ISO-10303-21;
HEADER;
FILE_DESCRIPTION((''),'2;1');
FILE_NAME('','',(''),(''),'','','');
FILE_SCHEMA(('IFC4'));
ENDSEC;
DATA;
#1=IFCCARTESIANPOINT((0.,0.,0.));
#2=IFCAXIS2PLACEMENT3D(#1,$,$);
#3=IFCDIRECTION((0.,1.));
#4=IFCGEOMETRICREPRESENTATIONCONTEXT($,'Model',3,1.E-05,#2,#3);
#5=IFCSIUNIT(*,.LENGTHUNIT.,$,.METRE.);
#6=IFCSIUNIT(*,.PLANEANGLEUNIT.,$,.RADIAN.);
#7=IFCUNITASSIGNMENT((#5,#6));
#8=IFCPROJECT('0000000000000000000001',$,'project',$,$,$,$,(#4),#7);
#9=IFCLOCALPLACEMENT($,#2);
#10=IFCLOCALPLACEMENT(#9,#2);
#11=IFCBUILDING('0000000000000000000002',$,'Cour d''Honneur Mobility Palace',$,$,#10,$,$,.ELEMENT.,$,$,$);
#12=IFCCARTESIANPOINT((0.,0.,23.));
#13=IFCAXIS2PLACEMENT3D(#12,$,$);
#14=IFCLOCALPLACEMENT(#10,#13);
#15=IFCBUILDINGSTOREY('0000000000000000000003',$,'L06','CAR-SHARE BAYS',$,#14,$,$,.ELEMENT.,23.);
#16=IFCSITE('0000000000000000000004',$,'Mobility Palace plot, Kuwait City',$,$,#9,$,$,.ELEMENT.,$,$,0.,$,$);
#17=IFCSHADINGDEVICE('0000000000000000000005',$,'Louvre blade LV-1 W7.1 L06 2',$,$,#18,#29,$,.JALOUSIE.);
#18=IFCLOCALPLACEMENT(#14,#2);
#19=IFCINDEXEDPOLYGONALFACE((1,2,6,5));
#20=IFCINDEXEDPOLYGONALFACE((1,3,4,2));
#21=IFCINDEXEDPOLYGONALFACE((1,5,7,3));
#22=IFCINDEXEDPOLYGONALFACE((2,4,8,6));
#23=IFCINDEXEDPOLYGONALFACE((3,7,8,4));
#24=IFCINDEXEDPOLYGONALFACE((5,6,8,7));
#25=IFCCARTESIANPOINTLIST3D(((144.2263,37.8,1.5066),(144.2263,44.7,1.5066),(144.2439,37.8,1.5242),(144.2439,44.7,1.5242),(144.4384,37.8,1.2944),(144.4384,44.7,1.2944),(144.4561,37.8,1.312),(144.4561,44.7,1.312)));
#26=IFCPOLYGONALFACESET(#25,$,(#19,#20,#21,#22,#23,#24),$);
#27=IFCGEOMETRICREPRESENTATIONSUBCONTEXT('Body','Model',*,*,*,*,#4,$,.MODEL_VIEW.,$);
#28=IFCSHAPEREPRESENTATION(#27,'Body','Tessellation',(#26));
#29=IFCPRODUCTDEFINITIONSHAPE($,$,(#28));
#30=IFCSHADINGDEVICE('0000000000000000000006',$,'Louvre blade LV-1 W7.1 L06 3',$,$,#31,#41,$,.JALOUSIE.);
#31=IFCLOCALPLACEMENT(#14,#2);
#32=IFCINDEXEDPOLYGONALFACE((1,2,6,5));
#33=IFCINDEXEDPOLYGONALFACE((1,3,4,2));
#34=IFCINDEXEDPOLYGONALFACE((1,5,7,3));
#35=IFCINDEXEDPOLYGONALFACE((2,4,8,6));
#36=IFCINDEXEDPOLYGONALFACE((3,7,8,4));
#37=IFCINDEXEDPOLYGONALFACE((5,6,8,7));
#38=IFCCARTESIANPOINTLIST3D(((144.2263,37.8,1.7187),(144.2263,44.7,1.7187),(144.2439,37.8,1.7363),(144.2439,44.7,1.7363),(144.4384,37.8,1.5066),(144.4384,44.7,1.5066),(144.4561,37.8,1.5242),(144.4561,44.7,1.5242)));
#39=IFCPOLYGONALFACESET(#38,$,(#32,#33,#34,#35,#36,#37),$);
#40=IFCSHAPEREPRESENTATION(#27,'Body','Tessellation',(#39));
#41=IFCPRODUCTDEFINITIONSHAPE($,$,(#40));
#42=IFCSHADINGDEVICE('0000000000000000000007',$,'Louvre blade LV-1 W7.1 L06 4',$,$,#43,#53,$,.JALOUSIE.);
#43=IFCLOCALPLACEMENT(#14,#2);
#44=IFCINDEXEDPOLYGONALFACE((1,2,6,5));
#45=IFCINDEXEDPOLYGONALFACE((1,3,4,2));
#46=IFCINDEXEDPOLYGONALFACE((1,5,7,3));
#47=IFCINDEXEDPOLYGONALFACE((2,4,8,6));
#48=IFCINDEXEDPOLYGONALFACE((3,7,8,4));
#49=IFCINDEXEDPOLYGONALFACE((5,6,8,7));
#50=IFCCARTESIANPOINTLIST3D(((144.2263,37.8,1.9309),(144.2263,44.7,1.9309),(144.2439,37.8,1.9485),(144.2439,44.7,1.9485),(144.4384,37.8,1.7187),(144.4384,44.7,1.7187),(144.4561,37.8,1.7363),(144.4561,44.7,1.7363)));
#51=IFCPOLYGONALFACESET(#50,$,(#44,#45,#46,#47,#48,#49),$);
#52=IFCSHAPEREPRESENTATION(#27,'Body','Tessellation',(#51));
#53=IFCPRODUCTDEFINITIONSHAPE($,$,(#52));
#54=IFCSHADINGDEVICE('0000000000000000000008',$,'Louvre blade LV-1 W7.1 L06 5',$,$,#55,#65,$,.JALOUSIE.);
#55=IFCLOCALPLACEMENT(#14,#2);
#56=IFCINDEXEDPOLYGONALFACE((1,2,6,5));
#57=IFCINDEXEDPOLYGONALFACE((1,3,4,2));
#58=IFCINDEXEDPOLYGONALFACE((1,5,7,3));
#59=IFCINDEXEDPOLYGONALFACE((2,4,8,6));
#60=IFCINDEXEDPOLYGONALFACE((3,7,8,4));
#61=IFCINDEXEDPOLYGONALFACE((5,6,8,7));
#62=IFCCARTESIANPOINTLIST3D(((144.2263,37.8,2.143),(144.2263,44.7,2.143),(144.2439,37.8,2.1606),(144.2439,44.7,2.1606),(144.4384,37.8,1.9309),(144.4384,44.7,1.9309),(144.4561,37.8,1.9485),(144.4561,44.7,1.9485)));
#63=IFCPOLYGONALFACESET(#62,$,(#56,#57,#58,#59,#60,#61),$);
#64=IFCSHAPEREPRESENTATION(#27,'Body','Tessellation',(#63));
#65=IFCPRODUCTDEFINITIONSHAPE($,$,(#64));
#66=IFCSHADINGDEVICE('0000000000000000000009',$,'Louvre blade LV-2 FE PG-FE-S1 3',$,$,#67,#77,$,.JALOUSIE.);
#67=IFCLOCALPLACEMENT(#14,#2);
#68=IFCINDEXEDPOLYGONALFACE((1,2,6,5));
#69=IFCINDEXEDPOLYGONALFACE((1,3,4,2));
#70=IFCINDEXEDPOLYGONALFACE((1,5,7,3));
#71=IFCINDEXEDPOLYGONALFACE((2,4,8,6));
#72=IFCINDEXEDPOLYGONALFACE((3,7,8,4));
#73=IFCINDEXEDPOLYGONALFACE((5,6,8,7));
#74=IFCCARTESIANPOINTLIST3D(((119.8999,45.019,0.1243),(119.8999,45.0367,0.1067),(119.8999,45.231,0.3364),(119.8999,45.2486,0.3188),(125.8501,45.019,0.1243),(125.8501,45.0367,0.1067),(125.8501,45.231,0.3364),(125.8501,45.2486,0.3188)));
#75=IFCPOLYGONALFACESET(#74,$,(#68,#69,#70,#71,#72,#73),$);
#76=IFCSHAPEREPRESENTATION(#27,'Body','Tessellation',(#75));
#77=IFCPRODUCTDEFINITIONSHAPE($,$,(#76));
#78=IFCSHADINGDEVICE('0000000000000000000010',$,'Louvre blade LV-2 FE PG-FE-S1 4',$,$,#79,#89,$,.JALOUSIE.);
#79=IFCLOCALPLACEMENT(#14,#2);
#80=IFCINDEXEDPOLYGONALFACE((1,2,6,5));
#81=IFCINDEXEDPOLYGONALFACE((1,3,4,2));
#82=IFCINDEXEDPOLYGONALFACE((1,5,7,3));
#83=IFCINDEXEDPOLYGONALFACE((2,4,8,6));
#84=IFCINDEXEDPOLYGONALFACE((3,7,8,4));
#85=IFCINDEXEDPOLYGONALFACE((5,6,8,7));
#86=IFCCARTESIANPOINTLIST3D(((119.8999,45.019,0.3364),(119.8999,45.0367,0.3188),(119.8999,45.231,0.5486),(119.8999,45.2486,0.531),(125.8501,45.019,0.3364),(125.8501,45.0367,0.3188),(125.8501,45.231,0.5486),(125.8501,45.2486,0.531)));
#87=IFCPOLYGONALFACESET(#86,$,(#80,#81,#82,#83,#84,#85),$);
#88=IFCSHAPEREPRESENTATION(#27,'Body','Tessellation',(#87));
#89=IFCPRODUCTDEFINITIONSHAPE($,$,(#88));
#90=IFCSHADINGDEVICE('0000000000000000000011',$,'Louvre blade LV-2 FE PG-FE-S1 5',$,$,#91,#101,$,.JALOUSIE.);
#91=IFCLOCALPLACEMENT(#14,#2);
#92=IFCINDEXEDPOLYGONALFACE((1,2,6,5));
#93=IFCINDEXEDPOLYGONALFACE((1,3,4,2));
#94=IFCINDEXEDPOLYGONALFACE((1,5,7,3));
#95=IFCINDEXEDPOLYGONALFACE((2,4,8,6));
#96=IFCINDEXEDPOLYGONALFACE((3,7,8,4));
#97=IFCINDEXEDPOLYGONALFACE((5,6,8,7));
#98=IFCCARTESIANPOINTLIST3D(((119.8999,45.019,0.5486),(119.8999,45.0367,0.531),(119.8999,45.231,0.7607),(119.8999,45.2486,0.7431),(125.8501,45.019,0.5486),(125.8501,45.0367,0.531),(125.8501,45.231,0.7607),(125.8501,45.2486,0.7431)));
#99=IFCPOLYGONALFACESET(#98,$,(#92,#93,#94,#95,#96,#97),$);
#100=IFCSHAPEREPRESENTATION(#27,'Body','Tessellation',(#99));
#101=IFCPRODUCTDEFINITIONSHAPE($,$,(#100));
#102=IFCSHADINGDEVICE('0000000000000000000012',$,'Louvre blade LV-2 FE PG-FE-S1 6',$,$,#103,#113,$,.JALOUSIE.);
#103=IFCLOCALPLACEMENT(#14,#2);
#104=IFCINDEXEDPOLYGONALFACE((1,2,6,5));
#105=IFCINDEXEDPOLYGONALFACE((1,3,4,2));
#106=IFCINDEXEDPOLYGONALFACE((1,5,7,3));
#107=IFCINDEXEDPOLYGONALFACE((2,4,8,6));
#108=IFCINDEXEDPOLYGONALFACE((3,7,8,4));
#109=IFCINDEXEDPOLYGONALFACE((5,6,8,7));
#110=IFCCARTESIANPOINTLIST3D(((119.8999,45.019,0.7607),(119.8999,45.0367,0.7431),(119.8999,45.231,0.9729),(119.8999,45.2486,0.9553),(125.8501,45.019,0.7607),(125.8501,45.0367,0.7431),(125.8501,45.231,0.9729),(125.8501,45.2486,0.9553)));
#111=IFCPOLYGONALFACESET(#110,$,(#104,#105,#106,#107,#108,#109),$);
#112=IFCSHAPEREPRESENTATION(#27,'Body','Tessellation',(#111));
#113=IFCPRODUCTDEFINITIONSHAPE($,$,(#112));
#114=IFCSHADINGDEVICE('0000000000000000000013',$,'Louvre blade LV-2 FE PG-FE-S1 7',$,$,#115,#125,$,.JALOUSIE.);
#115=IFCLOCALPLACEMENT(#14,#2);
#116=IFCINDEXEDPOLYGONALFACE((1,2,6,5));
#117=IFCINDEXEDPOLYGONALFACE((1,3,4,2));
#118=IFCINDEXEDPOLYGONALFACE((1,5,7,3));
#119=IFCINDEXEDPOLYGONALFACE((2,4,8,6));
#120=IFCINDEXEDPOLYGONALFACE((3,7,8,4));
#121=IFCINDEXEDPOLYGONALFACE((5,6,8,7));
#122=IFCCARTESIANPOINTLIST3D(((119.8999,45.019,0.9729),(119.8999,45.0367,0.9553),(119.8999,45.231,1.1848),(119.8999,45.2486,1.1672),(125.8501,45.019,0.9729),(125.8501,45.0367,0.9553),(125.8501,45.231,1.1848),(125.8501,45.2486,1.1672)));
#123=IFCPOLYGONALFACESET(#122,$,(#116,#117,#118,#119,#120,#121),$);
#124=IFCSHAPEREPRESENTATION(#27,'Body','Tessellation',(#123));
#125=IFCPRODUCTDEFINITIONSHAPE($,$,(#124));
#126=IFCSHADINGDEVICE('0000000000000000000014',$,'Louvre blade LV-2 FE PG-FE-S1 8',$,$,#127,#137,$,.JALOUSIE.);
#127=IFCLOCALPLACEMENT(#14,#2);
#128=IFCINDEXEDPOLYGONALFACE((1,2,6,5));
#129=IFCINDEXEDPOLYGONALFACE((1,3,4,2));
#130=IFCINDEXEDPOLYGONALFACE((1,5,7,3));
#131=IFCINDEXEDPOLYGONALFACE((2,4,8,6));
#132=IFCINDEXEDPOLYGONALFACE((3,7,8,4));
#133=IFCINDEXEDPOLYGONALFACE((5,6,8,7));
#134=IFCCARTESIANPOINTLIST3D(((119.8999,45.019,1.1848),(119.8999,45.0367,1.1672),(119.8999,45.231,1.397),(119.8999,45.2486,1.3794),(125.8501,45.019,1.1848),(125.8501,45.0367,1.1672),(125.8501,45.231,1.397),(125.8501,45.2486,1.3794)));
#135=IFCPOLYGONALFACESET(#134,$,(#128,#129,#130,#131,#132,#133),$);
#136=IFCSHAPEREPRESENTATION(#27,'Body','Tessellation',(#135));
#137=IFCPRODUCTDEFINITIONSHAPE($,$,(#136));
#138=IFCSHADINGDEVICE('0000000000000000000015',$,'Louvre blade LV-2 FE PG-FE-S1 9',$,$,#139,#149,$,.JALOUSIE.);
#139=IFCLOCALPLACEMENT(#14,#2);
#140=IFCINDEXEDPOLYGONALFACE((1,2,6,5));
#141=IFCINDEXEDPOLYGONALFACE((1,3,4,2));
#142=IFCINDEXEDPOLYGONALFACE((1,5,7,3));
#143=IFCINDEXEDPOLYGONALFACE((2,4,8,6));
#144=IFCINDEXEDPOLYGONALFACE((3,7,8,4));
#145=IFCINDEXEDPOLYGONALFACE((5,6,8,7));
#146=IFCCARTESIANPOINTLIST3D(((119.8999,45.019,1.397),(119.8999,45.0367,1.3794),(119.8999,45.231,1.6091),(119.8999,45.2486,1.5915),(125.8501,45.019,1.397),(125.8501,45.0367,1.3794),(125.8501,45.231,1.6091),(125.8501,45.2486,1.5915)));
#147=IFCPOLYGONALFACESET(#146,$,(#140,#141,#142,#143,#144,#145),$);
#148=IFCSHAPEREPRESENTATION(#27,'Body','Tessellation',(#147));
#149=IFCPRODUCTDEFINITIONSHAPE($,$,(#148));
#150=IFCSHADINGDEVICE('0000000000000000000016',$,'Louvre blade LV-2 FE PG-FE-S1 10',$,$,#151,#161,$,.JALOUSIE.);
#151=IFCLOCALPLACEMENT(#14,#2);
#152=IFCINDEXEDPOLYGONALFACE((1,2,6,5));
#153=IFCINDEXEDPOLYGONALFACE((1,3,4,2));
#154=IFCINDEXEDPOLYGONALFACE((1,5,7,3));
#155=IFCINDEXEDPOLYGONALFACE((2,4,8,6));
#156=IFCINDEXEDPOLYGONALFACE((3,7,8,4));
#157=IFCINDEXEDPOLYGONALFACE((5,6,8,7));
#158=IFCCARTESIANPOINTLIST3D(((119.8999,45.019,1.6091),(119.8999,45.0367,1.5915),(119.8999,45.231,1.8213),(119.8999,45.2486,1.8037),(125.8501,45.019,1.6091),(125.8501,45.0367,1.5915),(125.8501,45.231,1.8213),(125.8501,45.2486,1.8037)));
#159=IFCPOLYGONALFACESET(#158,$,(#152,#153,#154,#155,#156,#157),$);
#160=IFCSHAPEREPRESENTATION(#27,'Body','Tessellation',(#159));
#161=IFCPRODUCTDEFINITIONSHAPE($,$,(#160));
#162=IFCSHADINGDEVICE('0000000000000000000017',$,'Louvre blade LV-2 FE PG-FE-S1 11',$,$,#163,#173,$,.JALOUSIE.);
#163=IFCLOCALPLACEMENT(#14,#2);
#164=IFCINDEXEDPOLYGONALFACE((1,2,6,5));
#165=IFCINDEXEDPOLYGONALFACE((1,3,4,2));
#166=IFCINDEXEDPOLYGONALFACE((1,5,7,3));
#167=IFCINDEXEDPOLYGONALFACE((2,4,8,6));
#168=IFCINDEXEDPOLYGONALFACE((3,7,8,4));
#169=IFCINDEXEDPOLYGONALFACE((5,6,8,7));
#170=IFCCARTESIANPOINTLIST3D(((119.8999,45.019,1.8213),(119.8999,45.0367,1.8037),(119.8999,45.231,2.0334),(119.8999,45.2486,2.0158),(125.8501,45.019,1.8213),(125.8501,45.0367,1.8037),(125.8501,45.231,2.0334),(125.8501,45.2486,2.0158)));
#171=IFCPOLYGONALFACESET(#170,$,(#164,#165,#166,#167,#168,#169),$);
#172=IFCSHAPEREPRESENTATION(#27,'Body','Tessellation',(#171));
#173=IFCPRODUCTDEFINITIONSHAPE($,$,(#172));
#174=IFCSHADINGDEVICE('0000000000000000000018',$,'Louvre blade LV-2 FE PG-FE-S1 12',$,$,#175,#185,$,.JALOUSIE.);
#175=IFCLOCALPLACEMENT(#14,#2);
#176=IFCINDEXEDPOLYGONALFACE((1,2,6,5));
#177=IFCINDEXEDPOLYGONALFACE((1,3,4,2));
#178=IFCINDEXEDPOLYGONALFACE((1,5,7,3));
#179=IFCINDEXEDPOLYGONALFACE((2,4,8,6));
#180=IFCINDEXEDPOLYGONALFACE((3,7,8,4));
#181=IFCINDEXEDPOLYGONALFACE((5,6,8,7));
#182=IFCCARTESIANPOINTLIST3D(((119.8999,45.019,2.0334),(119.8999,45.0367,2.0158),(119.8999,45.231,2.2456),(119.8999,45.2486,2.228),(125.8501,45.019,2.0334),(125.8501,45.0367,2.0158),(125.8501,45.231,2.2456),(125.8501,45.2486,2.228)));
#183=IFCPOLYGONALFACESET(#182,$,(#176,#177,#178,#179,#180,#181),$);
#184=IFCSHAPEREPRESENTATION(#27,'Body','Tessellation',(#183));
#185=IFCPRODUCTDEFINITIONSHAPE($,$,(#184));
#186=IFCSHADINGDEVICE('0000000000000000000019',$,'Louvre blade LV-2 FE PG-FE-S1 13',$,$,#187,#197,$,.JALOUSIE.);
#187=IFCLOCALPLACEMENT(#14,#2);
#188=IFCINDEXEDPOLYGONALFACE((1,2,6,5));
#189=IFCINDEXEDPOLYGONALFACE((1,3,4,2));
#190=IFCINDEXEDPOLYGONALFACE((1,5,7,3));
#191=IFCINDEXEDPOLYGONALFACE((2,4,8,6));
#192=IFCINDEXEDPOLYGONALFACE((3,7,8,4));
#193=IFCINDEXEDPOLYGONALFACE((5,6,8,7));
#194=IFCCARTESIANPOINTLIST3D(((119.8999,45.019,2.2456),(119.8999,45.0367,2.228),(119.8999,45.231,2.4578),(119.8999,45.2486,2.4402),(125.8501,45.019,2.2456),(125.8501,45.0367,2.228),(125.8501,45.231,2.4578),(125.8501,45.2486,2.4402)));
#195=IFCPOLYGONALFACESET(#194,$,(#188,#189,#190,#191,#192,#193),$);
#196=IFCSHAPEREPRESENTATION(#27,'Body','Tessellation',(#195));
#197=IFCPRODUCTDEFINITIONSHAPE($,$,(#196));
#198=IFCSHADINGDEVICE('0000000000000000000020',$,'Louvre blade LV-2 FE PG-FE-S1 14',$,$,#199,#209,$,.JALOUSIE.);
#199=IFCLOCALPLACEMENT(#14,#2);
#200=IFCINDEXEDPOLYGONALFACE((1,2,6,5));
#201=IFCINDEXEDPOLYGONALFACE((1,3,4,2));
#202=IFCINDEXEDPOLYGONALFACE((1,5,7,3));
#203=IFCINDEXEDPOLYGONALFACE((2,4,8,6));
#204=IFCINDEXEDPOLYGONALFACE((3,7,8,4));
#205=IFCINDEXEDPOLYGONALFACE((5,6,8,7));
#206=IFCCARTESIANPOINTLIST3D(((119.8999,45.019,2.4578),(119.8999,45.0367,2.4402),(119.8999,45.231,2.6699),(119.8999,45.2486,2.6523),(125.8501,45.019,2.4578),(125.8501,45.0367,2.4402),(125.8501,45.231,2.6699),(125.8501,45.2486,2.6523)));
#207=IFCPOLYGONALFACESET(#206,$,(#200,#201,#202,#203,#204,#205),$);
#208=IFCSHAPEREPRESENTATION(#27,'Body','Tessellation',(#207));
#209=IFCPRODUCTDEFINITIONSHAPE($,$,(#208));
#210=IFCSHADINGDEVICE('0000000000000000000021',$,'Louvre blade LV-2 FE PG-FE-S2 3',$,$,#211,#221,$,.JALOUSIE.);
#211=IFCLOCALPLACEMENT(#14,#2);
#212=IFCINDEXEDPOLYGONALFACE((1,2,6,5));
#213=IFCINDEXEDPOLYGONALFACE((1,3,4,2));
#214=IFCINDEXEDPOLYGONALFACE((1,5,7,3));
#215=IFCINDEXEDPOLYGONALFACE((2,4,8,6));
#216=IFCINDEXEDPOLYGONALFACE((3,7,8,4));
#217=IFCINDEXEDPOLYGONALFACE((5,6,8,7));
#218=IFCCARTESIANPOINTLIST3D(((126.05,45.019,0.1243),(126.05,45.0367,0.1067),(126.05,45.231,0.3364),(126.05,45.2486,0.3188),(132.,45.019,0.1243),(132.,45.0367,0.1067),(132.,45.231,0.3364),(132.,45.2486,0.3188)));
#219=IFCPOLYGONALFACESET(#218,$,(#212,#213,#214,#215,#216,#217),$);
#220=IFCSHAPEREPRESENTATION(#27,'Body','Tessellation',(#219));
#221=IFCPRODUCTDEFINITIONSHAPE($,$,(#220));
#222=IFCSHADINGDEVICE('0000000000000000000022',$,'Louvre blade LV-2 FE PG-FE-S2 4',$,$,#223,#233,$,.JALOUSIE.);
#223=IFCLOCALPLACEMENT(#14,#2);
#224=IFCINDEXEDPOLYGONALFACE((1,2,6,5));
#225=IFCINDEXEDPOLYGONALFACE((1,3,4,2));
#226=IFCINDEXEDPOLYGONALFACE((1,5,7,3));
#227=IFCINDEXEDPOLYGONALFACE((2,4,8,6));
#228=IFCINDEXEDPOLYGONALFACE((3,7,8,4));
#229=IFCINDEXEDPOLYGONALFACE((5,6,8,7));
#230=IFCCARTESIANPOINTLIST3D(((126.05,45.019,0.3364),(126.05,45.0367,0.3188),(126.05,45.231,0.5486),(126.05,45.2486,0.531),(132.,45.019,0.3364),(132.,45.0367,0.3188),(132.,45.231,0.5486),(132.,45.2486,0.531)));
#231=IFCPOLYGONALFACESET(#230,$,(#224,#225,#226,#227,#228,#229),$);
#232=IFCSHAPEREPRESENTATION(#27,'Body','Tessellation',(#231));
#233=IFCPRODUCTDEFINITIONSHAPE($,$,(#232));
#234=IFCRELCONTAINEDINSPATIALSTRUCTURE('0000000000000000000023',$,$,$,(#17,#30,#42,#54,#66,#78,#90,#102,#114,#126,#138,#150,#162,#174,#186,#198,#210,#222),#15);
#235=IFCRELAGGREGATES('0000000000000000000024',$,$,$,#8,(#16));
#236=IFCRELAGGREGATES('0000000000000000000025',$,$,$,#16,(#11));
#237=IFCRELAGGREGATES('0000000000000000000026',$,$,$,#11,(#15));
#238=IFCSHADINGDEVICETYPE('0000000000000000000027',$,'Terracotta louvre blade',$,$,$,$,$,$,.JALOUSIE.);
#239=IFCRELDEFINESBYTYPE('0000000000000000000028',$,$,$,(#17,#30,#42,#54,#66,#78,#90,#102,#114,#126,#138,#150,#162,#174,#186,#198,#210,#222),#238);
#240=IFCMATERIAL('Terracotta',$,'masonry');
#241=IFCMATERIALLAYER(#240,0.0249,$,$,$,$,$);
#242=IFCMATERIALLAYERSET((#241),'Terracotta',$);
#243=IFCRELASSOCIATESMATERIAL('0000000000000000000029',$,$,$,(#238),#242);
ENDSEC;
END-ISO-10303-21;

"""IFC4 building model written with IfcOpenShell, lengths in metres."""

from ifc_helpers import new_model, si_unit, direction, frame, origin, place, context, subcontext, project, spatial, polyline, outline, extrude, material, layer, layer_set, type_object, element, save


model = new_model("IFC4")

# Units and contexts
model_context = context("Model", 3, precision=1e-05, world=origin(), true_north=direction((0.0, 1.0)))
body_context = subcontext(model_context, "Body", "Model", "MODEL_VIEW")
ifc_project = project(units=[si_unit("LENGTHUNIT", "METRE"), si_unit("PLANEANGLEUNIT", "RADIAN")], contexts=[model_context])

# Site, building, storey
site_placement = place(None, origin())
site = spatial("IfcSite", under=ifc_project, at=site_placement, Name="Mobility Palace plot, Kuwait City", CompositionType="ELEMENT", RefElevation=0.0)
building_placement = place(site_placement, origin())
building = spatial("IfcBuilding", under=site, at=building_placement, Name="Cour d'Honneur Mobility Palace", CompositionType="ELEMENT")
storey_placement = place(building_placement, frame((0.0, 0.0, 23.0)))
storey = spatial("IfcBuildingStorey", under=building, at=storey_placement, Name="L06", Description="CAR-SHARE BAYS", CompositionType="ELEMENT", Elevation=23.0)

# Shading devices
ifc_material = material(Name="Terracotta", Category="masonry")
ifc_layer = layer(ifc_material, 0.0249)
ifc_layer_set = layer_set([ifc_layer], Name="Terracotta")
shading_device_type = type_object("IfcShadingDeviceType", Name="Terracotta louvre blade", PredefinedType="JALOUSIE", material=ifc_layer_set)
for number, where, z_axis, x_axis, name in (
    (1, (144.4561, 44.7, 1.312), (0.707107, 0.0, 0.707107), (0.0, -1.0, 0.0), "Louvre blade LV-1 W7.1 L06 2"),
    (2, (144.4561, 44.7, 1.5242), (0.707107, 0.0, 0.707107), (0.0, -1.0, 0.0), "Louvre blade LV-1 W7.1 L06 3"),
    (3, (144.4561, 44.7, 1.7363), (0.707107, 0.0, 0.707107), (0.0, -1.0, 0.0), "Louvre blade LV-1 W7.1 L06 4"),
    (4, (144.4561, 44.7, 1.9485), (0.707107, 0.0, 0.707107), (0.0, -1.0, 0.0), "Louvre blade LV-1 W7.1 L06 5"),
):
    element("IfcShadingDevice", number, at=place(storey_placement, frame(where, z_axis=z_axis, x_axis=x_axis)), inside=storey, type_object=shading_device_type, Name=name, PredefinedType="JALOUSIE", context=body_context, shape_type="SweptSolid", body=[
        extrude(outline(polyline([(0.0, 0.0), (6.8999, 0.0), (6.8999, -0.3), (0.0, -0.3), (0.0, 0.0)])), origin(), (0.0, 0.0, -1.0), 0.0249),
    ])
for number, where, z_axis, x_axis, name in (
    (5, (119.8999, 45.019, 0.1243), (0.0, -0.707514, 0.7067), (1.0, 0.0, 0.0), "Louvre blade LV-2 FE PG-FE-S1 3"),
    (6, (119.8999, 45.019, 0.3364), (0.0, -0.707514, 0.7067), (1.0, 0.0, 0.0), "Louvre blade LV-2 FE PG-FE-S1 4"),
    (7, (119.8999, 45.019, 0.5486), (0.0, -0.707514, 0.7067), (1.0, 0.0, 0.0), "Louvre blade LV-2 FE PG-FE-S1 5"),
    (8, (119.8999, 45.019, 0.7607), (0.0, -0.707514, 0.7067), (1.0, 0.0, 0.0), "Louvre blade LV-2 FE PG-FE-S1 6"),
):
    element("IfcShadingDevice", number, at=place(storey_placement, frame(where, z_axis=z_axis, x_axis=x_axis)), inside=storey, type_object=shading_device_type, Name=name, PredefinedType="JALOUSIE", context=body_context, shape_type="SweptSolid", body=[
        extrude(outline(polyline([(0.0, 0.0), (5.9502, 0.0), (5.9502, 0.2999), (0.0, 0.2999), (0.0, 0.0)])), origin(), (0.0, 0.0, -1.0), 0.0249),
    ])
shading_device_1_placement = place(storey_placement, frame((119.8999, 45.019, 0.9729), z_axis=(0.0, -0.707107, 0.707107), x_axis=(1.0, 0.0, 0.0)))
element("IfcShadingDevice", 9, at=shading_device_1_placement, inside=storey, type_object=shading_device_type, Name="Louvre blade LV-2 FE PG-FE-S1 7", PredefinedType="JALOUSIE", context=body_context, shape_type="SweptSolid", body=[
    extrude(outline(polyline([(0.0, 0.0), (5.9502, 0.0), (5.9502, 0.2997), (0.0, 0.2997), (0.0, 0.0)])), origin(), (0.0, 0.0, -1.0), 0.0249),
])
for number, where, z_axis, x_axis, name in (
    (10, (119.8999, 45.019, 1.1848), (0.0, -0.707514, 0.7067), (1.0, 0.0, 0.0), "Louvre blade LV-2 FE PG-FE-S1 8"),
    (11, (119.8999, 45.019, 1.397), (0.0, -0.707514, 0.7067), (1.0, 0.0, 0.0), "Louvre blade LV-2 FE PG-FE-S1 9"),
    (12, (119.8999, 45.019, 1.6091), (0.0, -0.707514, 0.7067), (1.0, 0.0, 0.0), "Louvre blade LV-2 FE PG-FE-S1 10"),
    (13, (119.8999, 45.019, 1.8213), (0.0, -0.707514, 0.7067), (1.0, 0.0, 0.0), "Louvre blade LV-2 FE PG-FE-S1 11"),
    (14, (119.8999, 45.019, 2.0334), (0.0, -0.707514, 0.7067), (1.0, 0.0, 0.0), "Louvre blade LV-2 FE PG-FE-S1 12"),
    (15, (119.8999, 45.019, 2.2456), (0.0, -0.707514, 0.7067), (1.0, 0.0, 0.0), "Louvre blade LV-2 FE PG-FE-S1 13"),
    (16, (119.8999, 45.019, 2.4578), (0.0, -0.707514, 0.7067), (1.0, 0.0, 0.0), "Louvre blade LV-2 FE PG-FE-S1 14"),
):
    element("IfcShadingDevice", number, at=place(storey_placement, frame(where, z_axis=z_axis, x_axis=x_axis)), inside=storey, type_object=shading_device_type, Name=name, PredefinedType="JALOUSIE", context=body_context, shape_type="SweptSolid", body=[
        extrude(outline(polyline([(0.0, 0.0), (5.9502, 0.0), (5.9502, 0.2999), (0.0, 0.2999), (0.0, 0.0)])), origin(), (0.0, 0.0, -1.0), 0.0249),
    ])
for number, where, z_axis, x_axis, name in (
    (17, (126.05, 45.019, 0.1243), (0.0, -0.707514, 0.7067), (1.0, 0.0, 0.0), "Louvre blade LV-2 FE PG-FE-S2 3"),
    (18, (126.05, 45.019, 0.3364), (0.0, -0.707514, 0.7067), (1.0, 0.0, 0.0), "Louvre blade LV-2 FE PG-FE-S2 4"),
):
    element("IfcShadingDevice", number, at=place(storey_placement, frame(where, z_axis=z_axis, x_axis=x_axis)), inside=storey, type_object=shading_device_type, Name=name, PredefinedType="JALOUSIE", context=body_context, shape_type="SweptSolid", body=[
        extrude(outline(polyline([(0.0, 0.0), (5.95, 0.0), (5.95, 0.2999), (0.0, 0.2999), (0.0, 0.0)])), origin(), (0.0, 0.0, -1.0), 0.0249),
    ])

save(model, "model.ifc")
